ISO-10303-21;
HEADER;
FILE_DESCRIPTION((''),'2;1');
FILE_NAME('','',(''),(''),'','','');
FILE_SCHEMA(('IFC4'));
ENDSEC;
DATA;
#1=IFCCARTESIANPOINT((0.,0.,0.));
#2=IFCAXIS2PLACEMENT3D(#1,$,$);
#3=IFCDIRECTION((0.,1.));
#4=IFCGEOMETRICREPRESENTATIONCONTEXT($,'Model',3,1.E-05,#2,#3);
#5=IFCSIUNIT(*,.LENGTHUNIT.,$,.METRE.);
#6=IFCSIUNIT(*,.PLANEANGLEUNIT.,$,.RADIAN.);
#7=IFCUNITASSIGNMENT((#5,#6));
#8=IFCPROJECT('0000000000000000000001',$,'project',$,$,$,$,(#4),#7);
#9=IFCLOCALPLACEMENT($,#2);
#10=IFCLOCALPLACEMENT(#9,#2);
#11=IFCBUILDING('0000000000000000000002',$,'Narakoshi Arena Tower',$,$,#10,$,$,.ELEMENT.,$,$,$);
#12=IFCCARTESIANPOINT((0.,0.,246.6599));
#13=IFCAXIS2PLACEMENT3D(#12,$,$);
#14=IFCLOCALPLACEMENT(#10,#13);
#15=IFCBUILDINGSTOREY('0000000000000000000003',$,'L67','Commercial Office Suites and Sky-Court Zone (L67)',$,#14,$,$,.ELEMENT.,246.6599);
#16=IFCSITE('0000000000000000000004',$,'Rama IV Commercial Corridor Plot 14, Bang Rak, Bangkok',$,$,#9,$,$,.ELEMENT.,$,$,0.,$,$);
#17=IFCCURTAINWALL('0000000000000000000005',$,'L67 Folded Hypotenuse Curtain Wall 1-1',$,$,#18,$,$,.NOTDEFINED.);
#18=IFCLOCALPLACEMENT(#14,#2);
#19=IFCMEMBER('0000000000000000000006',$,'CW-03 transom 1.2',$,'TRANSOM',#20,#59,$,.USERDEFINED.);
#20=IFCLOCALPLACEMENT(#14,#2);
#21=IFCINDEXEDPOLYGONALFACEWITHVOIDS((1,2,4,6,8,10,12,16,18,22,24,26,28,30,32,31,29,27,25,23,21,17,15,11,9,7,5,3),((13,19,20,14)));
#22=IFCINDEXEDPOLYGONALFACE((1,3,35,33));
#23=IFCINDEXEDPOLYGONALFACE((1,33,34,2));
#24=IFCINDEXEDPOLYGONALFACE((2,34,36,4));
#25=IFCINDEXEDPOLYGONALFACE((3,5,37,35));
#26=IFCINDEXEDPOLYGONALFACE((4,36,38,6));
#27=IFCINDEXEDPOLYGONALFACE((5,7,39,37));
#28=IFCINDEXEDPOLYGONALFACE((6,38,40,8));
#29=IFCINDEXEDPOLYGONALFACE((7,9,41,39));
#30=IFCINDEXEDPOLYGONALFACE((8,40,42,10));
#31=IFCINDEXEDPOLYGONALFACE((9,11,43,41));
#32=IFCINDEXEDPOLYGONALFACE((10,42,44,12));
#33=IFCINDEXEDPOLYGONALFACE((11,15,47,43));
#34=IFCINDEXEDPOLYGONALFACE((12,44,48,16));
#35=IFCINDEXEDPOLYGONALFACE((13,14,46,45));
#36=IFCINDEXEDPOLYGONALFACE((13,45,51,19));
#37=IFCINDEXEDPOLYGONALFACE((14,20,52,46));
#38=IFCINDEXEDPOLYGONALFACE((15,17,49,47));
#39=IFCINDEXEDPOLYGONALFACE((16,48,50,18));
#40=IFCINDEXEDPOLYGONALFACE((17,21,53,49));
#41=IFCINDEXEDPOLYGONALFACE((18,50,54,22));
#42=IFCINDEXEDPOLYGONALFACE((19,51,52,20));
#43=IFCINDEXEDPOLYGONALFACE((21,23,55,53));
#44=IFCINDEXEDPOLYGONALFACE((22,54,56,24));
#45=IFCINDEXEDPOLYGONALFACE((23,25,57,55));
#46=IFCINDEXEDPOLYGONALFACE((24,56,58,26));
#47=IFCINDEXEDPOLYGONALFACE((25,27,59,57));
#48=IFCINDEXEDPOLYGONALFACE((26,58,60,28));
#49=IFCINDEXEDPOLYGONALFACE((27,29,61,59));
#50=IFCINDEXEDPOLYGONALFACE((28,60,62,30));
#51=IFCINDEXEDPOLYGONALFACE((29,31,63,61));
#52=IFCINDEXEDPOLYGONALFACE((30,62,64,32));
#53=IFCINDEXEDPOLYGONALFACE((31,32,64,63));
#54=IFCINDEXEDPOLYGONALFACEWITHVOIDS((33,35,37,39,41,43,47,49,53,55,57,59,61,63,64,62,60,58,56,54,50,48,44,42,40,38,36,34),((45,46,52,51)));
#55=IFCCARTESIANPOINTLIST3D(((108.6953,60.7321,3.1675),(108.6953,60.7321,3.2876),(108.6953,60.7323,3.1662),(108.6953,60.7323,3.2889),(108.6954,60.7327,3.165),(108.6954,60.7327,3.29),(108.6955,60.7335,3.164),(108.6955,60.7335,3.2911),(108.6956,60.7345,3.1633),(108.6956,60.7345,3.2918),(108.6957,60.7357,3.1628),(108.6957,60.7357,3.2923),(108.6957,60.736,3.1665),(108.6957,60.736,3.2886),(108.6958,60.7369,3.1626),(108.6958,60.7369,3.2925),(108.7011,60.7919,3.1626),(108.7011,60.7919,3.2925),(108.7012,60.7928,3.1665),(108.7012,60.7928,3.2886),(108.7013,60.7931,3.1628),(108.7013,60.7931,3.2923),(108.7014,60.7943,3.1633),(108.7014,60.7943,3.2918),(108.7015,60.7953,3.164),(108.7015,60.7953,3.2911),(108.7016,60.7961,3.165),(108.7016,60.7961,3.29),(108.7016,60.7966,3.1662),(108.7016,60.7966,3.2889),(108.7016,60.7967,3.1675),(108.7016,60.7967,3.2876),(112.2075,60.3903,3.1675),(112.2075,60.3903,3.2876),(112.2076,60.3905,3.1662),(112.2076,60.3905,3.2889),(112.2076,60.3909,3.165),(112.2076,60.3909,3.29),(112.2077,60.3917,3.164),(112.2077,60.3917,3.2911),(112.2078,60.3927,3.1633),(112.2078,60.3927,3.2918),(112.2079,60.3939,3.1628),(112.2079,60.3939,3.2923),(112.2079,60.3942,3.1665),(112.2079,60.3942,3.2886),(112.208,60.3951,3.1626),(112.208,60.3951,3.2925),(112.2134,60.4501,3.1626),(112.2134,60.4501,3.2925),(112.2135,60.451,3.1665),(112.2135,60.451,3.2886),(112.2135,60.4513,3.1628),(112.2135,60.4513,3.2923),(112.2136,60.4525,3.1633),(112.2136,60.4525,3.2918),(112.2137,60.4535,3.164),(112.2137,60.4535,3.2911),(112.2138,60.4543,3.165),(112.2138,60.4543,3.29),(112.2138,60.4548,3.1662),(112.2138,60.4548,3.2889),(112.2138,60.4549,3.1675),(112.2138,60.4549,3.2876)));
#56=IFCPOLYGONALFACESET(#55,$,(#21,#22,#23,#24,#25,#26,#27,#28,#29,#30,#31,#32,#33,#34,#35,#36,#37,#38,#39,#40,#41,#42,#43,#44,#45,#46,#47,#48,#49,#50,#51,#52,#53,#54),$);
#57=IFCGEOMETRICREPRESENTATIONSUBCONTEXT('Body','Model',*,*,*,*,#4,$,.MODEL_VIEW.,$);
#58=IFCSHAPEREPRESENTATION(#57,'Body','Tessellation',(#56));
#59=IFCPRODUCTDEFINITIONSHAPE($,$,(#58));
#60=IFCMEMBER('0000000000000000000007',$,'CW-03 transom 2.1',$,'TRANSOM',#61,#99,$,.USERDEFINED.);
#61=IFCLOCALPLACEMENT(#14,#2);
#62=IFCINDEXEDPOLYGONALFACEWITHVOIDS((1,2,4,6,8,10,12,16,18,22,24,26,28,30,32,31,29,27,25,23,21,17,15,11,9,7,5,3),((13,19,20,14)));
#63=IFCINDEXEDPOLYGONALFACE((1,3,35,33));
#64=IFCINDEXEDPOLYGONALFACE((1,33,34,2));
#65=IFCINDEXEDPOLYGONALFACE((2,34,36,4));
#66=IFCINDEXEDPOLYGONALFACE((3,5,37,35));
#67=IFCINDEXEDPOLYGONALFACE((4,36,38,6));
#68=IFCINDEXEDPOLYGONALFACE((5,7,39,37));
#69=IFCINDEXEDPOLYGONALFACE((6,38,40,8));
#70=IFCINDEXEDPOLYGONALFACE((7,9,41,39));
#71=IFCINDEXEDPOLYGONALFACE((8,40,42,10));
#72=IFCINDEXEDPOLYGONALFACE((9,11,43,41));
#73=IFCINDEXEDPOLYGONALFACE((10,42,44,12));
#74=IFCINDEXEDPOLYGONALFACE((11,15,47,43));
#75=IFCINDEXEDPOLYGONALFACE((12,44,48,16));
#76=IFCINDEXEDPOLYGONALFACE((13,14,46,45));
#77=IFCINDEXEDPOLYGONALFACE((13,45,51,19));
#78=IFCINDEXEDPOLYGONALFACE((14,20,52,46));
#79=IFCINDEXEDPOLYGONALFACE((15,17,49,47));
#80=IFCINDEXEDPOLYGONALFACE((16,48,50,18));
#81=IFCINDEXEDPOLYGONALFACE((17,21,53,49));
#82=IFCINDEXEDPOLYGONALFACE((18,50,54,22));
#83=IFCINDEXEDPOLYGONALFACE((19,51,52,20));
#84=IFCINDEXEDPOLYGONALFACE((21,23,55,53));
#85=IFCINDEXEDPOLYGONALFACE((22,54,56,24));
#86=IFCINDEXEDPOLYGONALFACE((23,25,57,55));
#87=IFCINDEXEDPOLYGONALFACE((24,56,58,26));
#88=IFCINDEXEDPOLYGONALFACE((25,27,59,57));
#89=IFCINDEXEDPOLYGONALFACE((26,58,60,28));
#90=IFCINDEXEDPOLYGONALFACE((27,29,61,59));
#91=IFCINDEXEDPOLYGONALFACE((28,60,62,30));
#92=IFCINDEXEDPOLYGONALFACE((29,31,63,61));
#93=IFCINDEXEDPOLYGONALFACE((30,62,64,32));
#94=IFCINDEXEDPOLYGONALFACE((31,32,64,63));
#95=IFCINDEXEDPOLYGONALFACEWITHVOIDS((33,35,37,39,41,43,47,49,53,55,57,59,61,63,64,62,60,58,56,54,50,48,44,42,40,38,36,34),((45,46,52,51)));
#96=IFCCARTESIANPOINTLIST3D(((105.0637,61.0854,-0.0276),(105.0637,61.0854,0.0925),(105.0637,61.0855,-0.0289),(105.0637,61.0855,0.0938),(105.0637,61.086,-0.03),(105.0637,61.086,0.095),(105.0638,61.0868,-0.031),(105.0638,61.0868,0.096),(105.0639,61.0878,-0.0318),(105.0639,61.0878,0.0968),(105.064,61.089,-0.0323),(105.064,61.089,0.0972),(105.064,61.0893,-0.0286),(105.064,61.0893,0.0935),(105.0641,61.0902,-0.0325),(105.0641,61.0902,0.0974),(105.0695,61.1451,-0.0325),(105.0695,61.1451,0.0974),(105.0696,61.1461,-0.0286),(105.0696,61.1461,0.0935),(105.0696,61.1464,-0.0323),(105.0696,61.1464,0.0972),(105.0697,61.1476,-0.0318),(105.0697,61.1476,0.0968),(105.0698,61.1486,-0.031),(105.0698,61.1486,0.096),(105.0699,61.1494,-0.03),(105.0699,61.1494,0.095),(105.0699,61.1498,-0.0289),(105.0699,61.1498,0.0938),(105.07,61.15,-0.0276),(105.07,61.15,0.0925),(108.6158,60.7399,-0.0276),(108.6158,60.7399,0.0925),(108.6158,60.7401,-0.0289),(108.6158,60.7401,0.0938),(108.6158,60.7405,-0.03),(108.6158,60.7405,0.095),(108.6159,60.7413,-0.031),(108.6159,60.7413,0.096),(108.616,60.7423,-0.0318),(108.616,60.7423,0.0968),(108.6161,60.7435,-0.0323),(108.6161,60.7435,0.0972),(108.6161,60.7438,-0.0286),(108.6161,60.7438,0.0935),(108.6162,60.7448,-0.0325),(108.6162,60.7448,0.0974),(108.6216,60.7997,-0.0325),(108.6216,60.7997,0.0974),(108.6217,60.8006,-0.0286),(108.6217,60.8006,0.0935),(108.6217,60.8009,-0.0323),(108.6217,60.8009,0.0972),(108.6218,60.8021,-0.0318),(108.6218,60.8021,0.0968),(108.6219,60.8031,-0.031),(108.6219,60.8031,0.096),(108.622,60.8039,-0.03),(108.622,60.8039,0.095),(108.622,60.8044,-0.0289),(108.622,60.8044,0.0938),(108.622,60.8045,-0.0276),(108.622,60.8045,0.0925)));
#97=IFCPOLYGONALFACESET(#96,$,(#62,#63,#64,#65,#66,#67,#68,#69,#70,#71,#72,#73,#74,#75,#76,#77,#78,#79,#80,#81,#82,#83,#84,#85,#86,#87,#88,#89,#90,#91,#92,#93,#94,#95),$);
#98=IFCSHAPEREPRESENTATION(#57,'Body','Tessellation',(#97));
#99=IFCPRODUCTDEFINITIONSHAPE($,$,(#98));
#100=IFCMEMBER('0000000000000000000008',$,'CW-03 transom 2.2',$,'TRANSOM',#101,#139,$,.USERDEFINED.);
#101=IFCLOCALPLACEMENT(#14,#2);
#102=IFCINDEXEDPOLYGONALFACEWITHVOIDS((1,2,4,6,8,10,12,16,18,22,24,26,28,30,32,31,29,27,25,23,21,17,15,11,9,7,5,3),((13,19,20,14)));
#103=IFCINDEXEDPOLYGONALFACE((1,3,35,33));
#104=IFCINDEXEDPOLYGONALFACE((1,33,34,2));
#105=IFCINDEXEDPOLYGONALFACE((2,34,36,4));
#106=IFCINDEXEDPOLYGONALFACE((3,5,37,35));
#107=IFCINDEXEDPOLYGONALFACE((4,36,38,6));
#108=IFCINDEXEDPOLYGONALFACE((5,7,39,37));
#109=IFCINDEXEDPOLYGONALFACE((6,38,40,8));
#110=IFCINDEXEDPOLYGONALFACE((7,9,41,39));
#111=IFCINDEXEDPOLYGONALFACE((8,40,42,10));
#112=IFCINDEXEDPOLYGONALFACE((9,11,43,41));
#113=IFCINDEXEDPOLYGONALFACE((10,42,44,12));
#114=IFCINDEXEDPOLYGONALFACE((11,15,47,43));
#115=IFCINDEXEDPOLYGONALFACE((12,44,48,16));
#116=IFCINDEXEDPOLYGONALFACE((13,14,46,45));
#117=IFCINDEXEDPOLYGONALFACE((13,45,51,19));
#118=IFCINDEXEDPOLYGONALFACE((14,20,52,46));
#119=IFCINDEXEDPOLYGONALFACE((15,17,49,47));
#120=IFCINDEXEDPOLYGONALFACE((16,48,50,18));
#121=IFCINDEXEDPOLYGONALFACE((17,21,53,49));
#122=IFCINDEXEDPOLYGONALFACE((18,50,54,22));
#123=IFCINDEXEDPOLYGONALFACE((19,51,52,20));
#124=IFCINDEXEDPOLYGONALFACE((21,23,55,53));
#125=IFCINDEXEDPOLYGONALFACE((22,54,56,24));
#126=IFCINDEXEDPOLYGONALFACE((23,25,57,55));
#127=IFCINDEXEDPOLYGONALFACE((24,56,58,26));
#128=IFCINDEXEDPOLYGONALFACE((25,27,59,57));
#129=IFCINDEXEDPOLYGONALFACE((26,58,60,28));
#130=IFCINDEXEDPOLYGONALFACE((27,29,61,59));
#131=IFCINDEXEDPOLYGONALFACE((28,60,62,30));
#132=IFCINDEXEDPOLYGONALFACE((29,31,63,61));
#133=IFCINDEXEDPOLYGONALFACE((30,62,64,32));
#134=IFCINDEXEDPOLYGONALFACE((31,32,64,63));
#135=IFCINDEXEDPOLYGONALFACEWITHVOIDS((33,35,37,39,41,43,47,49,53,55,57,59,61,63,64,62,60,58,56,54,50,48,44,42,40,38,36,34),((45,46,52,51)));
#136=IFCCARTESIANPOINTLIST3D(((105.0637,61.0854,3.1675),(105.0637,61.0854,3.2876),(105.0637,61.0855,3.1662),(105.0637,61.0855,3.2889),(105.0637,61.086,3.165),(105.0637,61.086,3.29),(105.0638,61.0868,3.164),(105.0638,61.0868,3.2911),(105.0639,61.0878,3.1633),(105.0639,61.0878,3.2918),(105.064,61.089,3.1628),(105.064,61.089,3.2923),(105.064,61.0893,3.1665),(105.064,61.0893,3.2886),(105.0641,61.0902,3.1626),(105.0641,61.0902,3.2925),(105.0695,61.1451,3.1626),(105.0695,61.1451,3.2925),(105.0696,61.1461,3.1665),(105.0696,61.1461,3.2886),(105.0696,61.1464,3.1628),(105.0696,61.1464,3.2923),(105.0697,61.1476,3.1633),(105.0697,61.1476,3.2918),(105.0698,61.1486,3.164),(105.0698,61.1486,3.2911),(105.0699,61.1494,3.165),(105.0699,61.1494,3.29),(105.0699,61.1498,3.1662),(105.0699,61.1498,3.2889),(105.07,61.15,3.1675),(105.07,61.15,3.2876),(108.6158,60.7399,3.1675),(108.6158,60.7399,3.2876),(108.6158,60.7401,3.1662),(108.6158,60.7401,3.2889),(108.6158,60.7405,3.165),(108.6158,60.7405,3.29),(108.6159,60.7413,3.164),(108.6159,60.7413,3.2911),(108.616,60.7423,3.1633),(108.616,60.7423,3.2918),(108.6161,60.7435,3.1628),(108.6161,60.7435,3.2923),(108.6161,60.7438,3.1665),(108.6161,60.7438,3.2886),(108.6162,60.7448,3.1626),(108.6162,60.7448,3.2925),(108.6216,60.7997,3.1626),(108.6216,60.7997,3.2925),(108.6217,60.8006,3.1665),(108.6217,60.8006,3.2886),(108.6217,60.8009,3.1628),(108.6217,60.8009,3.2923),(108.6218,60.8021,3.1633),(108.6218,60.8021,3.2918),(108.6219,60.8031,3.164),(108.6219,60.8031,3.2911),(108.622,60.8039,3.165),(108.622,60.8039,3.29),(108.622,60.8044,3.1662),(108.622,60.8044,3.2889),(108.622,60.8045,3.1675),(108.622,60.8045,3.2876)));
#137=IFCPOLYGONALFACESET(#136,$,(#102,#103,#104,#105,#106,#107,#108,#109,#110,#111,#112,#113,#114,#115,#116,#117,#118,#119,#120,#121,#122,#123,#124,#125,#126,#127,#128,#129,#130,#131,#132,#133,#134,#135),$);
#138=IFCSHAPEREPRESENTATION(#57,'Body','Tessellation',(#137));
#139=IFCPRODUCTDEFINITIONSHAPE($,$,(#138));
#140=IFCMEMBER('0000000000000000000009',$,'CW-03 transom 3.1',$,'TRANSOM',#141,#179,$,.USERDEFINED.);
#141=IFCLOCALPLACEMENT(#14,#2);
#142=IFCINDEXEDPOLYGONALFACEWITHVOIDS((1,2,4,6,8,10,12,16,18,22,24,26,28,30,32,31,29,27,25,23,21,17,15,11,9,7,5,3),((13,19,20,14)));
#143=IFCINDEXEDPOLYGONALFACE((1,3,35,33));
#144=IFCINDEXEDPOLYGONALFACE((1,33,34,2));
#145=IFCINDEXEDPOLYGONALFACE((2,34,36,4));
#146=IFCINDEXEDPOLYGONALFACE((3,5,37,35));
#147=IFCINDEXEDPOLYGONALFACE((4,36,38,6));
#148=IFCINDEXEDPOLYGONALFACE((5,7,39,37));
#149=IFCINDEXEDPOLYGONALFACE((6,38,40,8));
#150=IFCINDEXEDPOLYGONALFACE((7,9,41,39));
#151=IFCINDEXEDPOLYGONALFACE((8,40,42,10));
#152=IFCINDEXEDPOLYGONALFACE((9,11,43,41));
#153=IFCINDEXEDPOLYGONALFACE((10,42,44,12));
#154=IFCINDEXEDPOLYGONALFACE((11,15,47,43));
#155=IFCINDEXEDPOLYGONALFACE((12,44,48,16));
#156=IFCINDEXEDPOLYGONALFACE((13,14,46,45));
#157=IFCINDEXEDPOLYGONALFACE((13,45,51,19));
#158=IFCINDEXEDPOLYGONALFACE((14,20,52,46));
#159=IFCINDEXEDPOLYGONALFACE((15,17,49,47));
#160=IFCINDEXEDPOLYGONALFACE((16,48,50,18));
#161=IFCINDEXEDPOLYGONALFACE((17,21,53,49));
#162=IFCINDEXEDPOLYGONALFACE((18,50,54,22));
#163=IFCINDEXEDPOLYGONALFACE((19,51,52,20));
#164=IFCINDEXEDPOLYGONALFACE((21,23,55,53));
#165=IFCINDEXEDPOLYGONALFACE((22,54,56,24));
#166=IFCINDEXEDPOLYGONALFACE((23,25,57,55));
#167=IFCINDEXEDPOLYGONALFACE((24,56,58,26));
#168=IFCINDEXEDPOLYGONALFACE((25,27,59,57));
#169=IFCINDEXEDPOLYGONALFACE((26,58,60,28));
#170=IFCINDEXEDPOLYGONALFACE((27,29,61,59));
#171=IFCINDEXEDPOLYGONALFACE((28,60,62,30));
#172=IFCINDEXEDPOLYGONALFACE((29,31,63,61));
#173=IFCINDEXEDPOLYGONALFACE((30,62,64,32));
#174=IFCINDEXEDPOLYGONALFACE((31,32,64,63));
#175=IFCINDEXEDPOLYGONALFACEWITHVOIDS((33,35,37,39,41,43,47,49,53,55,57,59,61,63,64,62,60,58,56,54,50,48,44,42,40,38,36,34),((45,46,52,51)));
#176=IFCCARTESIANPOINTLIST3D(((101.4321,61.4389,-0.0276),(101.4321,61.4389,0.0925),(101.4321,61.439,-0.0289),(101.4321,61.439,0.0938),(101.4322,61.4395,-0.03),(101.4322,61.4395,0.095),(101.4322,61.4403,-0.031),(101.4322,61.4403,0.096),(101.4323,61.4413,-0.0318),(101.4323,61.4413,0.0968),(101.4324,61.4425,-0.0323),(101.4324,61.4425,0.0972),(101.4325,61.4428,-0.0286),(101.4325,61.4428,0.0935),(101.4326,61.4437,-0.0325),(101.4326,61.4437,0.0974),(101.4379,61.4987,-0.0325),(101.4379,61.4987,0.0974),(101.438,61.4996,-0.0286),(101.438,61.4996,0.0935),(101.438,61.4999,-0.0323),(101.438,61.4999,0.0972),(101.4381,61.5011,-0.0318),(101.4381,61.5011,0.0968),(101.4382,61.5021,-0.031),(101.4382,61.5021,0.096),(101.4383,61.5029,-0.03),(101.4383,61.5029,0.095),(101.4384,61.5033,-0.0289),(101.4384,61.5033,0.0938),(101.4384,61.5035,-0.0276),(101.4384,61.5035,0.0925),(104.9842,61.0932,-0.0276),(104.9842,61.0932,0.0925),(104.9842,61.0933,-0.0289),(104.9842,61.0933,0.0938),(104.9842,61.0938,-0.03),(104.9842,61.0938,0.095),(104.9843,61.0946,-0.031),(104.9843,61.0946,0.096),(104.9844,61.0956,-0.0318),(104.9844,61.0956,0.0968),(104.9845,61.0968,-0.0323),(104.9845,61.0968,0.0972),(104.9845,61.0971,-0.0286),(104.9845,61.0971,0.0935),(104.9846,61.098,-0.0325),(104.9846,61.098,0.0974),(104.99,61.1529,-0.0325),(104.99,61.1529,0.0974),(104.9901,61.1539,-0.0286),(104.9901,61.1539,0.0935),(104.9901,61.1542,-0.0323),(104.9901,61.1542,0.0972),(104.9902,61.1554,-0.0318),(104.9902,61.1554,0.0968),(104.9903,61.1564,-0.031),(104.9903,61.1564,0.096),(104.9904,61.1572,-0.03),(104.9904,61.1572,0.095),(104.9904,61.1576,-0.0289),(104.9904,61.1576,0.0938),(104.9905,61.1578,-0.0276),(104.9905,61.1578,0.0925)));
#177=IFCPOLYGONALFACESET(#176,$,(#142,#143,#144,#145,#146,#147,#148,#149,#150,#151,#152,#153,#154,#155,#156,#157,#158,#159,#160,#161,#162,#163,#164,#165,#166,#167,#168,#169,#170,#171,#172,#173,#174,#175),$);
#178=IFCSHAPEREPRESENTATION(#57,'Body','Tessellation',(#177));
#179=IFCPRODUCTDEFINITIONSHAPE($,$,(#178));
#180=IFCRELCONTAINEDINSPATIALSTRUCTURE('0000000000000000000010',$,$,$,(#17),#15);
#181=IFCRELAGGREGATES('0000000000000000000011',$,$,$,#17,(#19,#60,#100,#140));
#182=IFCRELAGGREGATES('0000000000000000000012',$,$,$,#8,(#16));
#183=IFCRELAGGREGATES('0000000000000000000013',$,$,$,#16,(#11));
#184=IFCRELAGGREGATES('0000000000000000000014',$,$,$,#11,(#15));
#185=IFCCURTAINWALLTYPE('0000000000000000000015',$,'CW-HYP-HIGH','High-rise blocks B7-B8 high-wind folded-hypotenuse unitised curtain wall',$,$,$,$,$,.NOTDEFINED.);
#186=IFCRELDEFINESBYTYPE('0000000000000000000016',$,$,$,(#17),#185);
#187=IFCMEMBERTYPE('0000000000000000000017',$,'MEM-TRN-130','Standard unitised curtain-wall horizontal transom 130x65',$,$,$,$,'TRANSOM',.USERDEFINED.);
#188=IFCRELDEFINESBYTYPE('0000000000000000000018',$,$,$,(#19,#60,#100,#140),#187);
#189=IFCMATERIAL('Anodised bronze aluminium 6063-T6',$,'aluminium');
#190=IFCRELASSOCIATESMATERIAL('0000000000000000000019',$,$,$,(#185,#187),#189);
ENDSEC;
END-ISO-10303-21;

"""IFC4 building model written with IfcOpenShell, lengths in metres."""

from ifc_helpers import new_model, si_unit, direction, frame, origin, origin_2d, place, context, subcontext, project, spatial, hollow_rectangle, extrude, material, material_profile, profile_set, type_object, element, aggregate, save


model = new_model("IFC4")

# Units and contexts
model_context = context("Model", 3, precision=1e-05, world=origin(), true_north=direction((0.0, 1.0)))
body_context = subcontext(model_context, "Body", "Model", "MODEL_VIEW")
ifc_project = project(units=[si_unit("LENGTHUNIT", "METRE"), si_unit("PLANEANGLEUNIT", "RADIAN")], contexts=[model_context])

# Site, building, storey
site_placement = place(None, origin())
site = spatial("IfcSite", under=ifc_project, at=site_placement, Name="Rama IV Commercial Corridor Plot 14, Bang Rak, Bangkok", CompositionType="ELEMENT", RefElevation=0.0)
building_placement = place(site_placement, origin())
building = spatial("IfcBuilding", under=site, at=building_placement, Name="Narakoshi Arena Tower", CompositionType="ELEMENT")
storey_placement = place(building_placement, frame((0.0, 0.0, 246.6599)))
storey = spatial("IfcBuildingStorey", under=building, at=storey_placement, Name="L67", Description="Commercial Office Suites and Sky-Court Zone (L67)", CompositionType="ELEMENT", Elevation=246.6599)

# Curtain wall, members
ifc_material_1 = material(Name="Anodised bronze aluminium 6063-T6", Category="aluminium")
curtain_wall_type = type_object("IfcCurtainWallType", Name="CW-HYP-HIGH", Description="High-rise blocks B7-B8 high-wind folded-hypotenuse unitised curtain wall", PredefinedType="NOTDEFINED", material=ifc_material_1)
curtain_wall_placement = place(storey_placement, origin())
curtain_wall = element("IfcCurtainWall", 1, at=curtain_wall_placement, inside=storey, type_object=curtain_wall_type, Name="L67 Folded Hypotenuse Curtain Wall 1-1", PredefinedType="NOTDEFINED")
ifc_material_profile_1 = material_profile(ifc_material_1, hollow_rectangle(XDim=0.0649, YDim=0.1299, WallThickness=0.0039, OuterFilletRadius=0.0049, at=origin_2d()), Name="TRN130x65x4")
ifc_profile_set_1 = profile_set([ifc_material_profile_1], Name="Anodised bronze aluminium 6063-T6")
member_type_1 = type_object("IfcMemberType", Name="MEM-TRN-130", Description="Standard unitised curtain-wall horizontal transom 130x65", ElementType="TRANSOM", PredefinedType="USERDEFINED", material=ifc_profile_set_1)
member_1_placement = place(storey_placement, frame((112.2107, 60.4226, 3.2275), z_axis=(-0.995298, 0.096859, 0.0), x_axis=(-0.096859, -0.995298, 0.0)))
member_1 = element("IfcMember", 2, at=member_1_placement, type_object=member_type_1, Name="CW-03 transom 1.2", ObjectType="TRANSOM", PredefinedType="USERDEFINED", context=body_context, shape_type="SweptSolid", body=[
    extrude(hollow_rectangle(XDim=0.0649, YDim=0.1299, WallThickness=0.0039, OuterFilletRadius=0.0049, at=origin_2d()), origin(), (0.0, 0.0, 1.0), 3.5288),
])
member_2_placement = place(storey_placement, frame((108.6189, 60.7722, 0.0325), z_axis=(-0.995304, 0.096801, 0.0), x_axis=(-0.096801, -0.995304, 0.0)))
member_2 = element("IfcMember", 3, at=member_2_placement, type_object=member_type_1, Name="CW-03 transom 2.1", ObjectType="TRANSOM", PredefinedType="USERDEFINED", context=body_context, shape_type="SweptSolid", body=[
    extrude(hollow_rectangle(XDim=0.0649, YDim=0.1299, WallThickness=0.0039, OuterFilletRadius=0.0049, at=origin_2d()), origin(), (0.0, 0.0, 1.0), 3.5688),
])
member_3_placement = place(storey_placement, frame((108.6189, 60.7722, 3.2275), z_axis=(-0.995304, 0.096801, 0.0), x_axis=(-0.096801, -0.995304, 0.0)))
member_3 = element("IfcMember", 4, at=member_3_placement, type_object=member_type_1, Name="CW-03 transom 2.2", ObjectType="TRANSOM", PredefinedType="USERDEFINED", context=body_context, shape_type="SweptSolid", body=[
    extrude(hollow_rectangle(XDim=0.0649, YDim=0.1299, WallThickness=0.0039, OuterFilletRadius=0.0049, at=origin_2d()), origin(), (0.0, 0.0, 1.0), 3.5688),
])
member_4_placement = place(storey_placement, frame((104.9873, 61.1255, 0.0325), z_axis=(-0.995297, 0.096869, 0.0), x_axis=(-0.096869, -0.995297, 0.0)))
member_4 = element("IfcMember", 5, at=member_4_placement, type_object=member_type_1, Name="CW-03 transom 3.1", ObjectType="TRANSOM", PredefinedType="USERDEFINED", context=body_context, shape_type="SweptSolid", body=[
    extrude(hollow_rectangle(XDim=0.0649, YDim=0.1299, WallThickness=0.0039, OuterFilletRadius=0.0049, at=origin_2d()), origin(), (0.0, 0.0, 1.0), 3.5688),
])
aggregate(curtain_wall, [member_1, member_2, member_3, member_4])

save(model, "model.ifc")
